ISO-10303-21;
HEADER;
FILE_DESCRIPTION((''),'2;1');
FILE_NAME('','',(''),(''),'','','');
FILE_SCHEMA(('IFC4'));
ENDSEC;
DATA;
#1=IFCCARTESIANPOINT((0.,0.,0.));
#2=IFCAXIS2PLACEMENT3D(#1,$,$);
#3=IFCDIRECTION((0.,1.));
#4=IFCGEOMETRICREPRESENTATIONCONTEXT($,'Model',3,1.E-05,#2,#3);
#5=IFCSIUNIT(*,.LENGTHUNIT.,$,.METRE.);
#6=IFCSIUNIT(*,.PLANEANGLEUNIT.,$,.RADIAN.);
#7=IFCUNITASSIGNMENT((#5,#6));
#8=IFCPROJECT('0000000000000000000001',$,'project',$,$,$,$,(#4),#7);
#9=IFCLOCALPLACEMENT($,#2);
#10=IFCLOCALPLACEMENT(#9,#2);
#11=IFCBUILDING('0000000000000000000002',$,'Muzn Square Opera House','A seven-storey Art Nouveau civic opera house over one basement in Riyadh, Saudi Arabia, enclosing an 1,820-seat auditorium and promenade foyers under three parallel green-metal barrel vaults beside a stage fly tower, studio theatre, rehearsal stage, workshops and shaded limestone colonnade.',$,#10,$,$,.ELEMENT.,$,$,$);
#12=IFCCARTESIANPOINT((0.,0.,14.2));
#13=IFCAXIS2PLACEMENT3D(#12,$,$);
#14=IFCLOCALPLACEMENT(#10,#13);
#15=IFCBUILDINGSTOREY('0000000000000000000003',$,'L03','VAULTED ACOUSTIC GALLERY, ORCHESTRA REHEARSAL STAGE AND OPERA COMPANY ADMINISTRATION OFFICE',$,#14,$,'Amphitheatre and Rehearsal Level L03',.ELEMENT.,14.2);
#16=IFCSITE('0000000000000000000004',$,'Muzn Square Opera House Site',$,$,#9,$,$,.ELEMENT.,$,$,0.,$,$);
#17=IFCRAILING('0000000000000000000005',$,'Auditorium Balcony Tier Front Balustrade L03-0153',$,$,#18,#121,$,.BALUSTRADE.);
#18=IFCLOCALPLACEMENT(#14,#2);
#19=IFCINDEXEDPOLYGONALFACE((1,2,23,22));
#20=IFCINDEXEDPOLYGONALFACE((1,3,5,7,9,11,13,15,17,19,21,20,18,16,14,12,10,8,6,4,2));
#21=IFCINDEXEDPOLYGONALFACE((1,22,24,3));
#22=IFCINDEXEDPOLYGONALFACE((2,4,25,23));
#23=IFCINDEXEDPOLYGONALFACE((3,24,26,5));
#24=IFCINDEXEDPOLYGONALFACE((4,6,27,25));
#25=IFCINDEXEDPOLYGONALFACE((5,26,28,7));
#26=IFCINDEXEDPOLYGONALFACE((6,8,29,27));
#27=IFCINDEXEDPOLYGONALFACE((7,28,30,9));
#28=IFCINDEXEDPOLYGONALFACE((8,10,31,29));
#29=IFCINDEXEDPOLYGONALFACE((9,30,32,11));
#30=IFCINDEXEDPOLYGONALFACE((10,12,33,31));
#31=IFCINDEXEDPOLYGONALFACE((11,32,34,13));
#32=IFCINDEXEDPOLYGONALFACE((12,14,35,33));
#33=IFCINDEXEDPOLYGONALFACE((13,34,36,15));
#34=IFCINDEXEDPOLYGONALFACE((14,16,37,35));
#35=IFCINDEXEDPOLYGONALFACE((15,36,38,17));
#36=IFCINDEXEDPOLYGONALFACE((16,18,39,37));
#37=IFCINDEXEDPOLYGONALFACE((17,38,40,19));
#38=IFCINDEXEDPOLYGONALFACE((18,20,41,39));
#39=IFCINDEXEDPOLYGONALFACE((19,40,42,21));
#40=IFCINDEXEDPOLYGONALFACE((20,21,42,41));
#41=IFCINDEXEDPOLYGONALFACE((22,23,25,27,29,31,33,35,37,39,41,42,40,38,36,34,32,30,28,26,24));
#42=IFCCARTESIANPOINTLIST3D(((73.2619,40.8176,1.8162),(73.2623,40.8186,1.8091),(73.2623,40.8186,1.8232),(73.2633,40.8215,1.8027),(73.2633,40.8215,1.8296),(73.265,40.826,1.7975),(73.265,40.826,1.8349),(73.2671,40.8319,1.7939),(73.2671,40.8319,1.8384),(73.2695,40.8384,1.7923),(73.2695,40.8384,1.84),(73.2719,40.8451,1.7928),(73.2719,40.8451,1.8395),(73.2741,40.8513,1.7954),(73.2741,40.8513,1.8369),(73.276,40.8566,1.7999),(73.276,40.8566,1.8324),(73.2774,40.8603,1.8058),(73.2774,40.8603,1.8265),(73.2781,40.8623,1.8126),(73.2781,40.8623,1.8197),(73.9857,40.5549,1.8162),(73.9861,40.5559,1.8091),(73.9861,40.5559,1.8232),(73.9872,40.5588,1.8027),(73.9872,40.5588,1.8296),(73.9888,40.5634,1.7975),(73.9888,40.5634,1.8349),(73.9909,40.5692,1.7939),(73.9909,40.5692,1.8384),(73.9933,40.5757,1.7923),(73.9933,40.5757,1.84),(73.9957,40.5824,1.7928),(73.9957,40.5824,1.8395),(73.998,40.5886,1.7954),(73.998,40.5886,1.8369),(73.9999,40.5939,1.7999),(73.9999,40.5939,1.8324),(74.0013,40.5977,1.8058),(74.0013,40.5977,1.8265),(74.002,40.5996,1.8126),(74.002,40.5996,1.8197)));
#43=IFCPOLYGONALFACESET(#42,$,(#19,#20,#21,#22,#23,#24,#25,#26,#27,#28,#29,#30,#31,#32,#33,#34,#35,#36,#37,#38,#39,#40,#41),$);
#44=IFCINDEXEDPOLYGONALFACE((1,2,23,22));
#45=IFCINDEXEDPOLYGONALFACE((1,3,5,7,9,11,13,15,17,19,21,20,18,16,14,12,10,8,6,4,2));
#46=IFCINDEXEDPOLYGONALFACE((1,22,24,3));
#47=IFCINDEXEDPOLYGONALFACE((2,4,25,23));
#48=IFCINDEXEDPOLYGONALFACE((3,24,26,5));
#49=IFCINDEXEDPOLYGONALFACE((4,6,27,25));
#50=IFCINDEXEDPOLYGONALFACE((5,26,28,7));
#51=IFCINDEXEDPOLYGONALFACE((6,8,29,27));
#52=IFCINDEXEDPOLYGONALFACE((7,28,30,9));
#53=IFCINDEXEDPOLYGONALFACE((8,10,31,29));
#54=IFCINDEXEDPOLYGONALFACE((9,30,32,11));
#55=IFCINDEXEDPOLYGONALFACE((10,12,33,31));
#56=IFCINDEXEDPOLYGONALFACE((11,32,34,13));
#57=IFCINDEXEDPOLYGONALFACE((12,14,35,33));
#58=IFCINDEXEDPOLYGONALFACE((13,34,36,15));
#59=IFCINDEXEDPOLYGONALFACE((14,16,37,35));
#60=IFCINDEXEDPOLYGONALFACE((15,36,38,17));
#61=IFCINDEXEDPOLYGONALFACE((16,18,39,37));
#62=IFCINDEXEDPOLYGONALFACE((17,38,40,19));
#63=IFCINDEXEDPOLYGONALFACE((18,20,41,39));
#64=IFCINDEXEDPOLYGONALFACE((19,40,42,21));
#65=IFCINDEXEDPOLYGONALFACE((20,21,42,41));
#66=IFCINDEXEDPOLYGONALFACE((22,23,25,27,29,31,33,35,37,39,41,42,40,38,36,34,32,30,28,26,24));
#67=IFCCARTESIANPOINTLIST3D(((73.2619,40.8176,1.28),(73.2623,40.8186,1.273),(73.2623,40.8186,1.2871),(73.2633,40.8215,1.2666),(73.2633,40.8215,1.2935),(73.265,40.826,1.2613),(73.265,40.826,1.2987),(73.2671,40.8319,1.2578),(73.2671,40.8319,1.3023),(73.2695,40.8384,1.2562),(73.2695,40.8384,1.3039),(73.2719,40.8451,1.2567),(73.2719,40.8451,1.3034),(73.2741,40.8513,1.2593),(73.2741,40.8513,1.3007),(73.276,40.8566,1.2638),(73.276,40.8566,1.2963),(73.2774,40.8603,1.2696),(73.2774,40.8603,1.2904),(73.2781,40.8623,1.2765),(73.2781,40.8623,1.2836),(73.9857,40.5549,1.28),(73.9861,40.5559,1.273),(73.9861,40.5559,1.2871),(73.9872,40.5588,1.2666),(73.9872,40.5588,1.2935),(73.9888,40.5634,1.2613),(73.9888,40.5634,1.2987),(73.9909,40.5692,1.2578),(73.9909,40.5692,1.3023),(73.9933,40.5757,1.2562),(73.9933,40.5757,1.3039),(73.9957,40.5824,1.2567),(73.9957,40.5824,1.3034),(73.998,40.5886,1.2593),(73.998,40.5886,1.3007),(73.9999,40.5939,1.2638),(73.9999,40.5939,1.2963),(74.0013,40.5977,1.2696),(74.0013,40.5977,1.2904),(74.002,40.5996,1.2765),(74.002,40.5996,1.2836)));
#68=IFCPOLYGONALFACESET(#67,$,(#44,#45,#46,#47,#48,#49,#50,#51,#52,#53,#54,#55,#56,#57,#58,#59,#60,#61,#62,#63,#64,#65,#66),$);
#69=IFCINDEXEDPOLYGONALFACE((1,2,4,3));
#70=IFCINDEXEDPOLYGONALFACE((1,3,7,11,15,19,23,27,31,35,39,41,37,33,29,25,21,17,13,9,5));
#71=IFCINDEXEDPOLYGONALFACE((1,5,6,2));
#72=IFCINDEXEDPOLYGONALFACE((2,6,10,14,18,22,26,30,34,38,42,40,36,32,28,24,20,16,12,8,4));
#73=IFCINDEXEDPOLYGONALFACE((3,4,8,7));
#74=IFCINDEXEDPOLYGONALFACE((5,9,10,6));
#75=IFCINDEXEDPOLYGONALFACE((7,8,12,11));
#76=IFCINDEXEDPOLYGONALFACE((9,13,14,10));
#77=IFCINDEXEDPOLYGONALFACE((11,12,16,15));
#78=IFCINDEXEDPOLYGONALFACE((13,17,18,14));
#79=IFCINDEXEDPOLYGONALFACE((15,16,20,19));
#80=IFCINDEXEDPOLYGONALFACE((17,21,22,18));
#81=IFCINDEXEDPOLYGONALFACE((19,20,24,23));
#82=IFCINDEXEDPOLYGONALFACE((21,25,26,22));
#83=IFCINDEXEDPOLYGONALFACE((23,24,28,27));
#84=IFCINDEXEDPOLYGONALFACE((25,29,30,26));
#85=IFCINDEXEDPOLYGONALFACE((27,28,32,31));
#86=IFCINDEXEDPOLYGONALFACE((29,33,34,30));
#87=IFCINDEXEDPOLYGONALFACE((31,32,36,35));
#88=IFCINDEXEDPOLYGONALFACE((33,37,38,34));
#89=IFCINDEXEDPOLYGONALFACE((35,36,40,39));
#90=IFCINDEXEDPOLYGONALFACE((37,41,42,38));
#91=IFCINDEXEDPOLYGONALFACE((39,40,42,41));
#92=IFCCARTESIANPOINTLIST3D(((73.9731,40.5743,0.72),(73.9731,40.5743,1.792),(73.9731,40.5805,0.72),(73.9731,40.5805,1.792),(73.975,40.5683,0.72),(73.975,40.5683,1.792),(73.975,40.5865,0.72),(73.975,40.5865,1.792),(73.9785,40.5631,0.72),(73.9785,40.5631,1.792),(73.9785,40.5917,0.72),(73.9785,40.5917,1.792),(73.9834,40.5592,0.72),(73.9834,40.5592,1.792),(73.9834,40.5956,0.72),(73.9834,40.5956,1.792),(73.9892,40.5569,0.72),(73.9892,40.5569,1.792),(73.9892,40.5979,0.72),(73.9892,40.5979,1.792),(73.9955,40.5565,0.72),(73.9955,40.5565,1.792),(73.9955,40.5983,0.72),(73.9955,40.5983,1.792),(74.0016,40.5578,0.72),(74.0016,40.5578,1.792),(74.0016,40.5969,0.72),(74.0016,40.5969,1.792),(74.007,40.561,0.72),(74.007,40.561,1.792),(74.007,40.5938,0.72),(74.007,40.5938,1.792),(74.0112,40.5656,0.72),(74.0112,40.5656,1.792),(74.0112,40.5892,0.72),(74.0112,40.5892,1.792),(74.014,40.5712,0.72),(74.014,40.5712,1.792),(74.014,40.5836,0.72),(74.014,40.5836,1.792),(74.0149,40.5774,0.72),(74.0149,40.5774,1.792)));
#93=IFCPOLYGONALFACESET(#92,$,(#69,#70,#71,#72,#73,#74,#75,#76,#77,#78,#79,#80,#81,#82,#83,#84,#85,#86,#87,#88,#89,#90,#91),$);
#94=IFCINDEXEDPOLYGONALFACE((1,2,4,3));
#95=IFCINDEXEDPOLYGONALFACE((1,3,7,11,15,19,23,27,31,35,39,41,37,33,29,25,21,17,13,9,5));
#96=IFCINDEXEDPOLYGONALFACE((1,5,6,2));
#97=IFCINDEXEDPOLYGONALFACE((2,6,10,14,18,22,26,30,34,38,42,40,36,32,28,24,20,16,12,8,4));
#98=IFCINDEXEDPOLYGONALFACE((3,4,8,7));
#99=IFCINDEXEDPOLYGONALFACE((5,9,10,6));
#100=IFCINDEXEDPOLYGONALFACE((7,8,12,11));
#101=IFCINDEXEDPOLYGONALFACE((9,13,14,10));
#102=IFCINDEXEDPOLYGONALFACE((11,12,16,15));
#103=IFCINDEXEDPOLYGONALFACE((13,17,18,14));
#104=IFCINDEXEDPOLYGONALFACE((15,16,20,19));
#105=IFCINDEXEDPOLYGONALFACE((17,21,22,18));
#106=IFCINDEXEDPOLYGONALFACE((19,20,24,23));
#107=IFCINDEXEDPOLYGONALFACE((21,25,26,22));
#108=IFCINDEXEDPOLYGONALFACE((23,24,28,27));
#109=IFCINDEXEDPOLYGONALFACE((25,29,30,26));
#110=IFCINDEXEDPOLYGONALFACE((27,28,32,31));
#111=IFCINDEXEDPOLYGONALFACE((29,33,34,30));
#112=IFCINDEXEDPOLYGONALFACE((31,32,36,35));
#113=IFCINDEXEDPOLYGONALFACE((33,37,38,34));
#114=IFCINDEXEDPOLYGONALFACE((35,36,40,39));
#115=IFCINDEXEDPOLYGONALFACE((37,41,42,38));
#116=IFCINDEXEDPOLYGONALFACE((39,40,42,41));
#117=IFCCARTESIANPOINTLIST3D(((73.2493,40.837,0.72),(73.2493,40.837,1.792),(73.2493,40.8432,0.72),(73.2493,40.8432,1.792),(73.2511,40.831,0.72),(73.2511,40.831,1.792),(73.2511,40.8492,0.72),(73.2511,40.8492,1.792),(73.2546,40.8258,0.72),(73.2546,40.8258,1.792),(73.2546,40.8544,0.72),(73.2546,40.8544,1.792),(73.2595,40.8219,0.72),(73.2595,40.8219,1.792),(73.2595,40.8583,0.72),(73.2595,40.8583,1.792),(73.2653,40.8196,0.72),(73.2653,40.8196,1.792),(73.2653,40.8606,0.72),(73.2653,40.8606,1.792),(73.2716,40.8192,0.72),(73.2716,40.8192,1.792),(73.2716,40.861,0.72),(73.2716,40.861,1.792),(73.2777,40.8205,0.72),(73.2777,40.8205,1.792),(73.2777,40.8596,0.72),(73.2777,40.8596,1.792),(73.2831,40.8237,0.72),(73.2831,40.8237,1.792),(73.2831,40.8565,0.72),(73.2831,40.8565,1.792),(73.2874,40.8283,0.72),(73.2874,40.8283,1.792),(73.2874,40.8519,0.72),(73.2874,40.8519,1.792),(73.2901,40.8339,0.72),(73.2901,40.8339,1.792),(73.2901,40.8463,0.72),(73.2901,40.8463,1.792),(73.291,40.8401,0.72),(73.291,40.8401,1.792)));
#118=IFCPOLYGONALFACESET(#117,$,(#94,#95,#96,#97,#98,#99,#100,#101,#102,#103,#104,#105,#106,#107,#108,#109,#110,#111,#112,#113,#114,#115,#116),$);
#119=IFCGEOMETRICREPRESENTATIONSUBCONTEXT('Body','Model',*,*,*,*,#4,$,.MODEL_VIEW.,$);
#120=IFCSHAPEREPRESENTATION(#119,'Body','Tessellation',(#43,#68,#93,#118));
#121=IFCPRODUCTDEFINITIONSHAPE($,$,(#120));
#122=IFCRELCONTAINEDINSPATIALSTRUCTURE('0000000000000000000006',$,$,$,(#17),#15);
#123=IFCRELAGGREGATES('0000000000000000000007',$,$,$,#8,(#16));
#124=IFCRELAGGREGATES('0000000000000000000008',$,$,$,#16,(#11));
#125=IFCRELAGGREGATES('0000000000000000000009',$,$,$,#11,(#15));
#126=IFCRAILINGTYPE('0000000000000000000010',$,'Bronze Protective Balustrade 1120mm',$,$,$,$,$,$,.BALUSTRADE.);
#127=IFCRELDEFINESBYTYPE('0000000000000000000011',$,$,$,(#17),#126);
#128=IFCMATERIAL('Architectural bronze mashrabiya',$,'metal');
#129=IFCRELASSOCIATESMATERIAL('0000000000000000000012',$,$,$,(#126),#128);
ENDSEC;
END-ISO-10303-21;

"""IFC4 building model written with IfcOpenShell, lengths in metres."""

from ifc_helpers import new_model, si_unit, direction, frame, origin, origin_2d, place, context, subcontext, project, spatial, circle, extrude, material, type_object, element, save


model = new_model("IFC4")

# Units and contexts
model_context = context("Model", 3, precision=1e-05, world=origin(), true_north=direction((0.0, 1.0)))
body_context = subcontext(model_context, "Body", "Model", "MODEL_VIEW")
ifc_project = project(units=[si_unit("LENGTHUNIT", "METRE"), si_unit("PLANEANGLEUNIT", "RADIAN")], contexts=[model_context])

# Site, building, storey
site_placement = place(None, origin())
site = spatial("IfcSite", under=ifc_project, at=site_placement, Name="Muzn Square Opera House Site", CompositionType="ELEMENT", RefElevation=0.0)
building_placement = place(site_placement, origin())
building = spatial("IfcBuilding", under=site, at=building_placement, Name="Muzn Square Opera House", Description="A seven-storey Art Nouveau civic opera house over one basement in Riyadh, Saudi Arabia, enclosing an 1,820-seat auditorium and promenade foyers under three parallel green-metal barrel vaults beside a stage fly tower, studio theatre, rehearsal stage, workshops and shaded limestone colonnade.", CompositionType="ELEMENT")
storey_placement = place(building_placement, frame((0.0, 0.0, 14.2)))
storey = spatial("IfcBuildingStorey", under=building, at=storey_placement, Name="L03", Description="VAULTED ACOUSTIC GALLERY, ORCHESTRA REHEARSAL STAGE AND OPERA COMPANY ADMINISTRATION OFFICE", LongName="Amphitheatre and Rehearsal Level L03", CompositionType="ELEMENT", Elevation=14.2)

# Railing
ifc_material_1 = material(Name="Architectural bronze mashrabiya", Category="metal")
railing_type = type_object("IfcRailingType", Name="Bronze Protective Balustrade 1120mm", PredefinedType="BALUSTRADE", material=ifc_material_1)
railing_1_placement = place(storey_placement, frame((73.9939, 40.5774, 0.72)))
element("IfcRailing", 1, at=railing_1_placement, inside=storey, type_object=railing_type, Name="Auditorium Balcony Tier Front Balustrade L03-0153", PredefinedType="BALUSTRADE", context=body_context, shape_type="SweptSolid", body=[
    extrude(circle(Radius=0.0239, at=origin_2d()), frame((0.0, 0.0, 1.0962), z_axis=(-0.940015, 0.341132, 0.0), x_axis=(-0.341132, -0.940015, 0.0)), (0.0, 0.0, 1.0), 0.77),
    extrude(circle(Radius=0.0239, at=origin_2d()), frame((0.0, 0.0, 0.5601), z_axis=(-0.940015, 0.341132, 0.0), x_axis=(-0.341132, -0.940015, 0.0)), (0.0, 0.0, 1.0), 0.77),
    extrude(circle(Radius=0.021, at=origin_2d()), origin(), (0.0, 0.0, 1.0), 1.072),
    extrude(circle(Radius=0.021, at=origin_2d()), frame((-0.7239, 0.2627, 0.0)), (0.0, 0.0, 1.0), 1.072),
])

save(model, "model.ifc")
